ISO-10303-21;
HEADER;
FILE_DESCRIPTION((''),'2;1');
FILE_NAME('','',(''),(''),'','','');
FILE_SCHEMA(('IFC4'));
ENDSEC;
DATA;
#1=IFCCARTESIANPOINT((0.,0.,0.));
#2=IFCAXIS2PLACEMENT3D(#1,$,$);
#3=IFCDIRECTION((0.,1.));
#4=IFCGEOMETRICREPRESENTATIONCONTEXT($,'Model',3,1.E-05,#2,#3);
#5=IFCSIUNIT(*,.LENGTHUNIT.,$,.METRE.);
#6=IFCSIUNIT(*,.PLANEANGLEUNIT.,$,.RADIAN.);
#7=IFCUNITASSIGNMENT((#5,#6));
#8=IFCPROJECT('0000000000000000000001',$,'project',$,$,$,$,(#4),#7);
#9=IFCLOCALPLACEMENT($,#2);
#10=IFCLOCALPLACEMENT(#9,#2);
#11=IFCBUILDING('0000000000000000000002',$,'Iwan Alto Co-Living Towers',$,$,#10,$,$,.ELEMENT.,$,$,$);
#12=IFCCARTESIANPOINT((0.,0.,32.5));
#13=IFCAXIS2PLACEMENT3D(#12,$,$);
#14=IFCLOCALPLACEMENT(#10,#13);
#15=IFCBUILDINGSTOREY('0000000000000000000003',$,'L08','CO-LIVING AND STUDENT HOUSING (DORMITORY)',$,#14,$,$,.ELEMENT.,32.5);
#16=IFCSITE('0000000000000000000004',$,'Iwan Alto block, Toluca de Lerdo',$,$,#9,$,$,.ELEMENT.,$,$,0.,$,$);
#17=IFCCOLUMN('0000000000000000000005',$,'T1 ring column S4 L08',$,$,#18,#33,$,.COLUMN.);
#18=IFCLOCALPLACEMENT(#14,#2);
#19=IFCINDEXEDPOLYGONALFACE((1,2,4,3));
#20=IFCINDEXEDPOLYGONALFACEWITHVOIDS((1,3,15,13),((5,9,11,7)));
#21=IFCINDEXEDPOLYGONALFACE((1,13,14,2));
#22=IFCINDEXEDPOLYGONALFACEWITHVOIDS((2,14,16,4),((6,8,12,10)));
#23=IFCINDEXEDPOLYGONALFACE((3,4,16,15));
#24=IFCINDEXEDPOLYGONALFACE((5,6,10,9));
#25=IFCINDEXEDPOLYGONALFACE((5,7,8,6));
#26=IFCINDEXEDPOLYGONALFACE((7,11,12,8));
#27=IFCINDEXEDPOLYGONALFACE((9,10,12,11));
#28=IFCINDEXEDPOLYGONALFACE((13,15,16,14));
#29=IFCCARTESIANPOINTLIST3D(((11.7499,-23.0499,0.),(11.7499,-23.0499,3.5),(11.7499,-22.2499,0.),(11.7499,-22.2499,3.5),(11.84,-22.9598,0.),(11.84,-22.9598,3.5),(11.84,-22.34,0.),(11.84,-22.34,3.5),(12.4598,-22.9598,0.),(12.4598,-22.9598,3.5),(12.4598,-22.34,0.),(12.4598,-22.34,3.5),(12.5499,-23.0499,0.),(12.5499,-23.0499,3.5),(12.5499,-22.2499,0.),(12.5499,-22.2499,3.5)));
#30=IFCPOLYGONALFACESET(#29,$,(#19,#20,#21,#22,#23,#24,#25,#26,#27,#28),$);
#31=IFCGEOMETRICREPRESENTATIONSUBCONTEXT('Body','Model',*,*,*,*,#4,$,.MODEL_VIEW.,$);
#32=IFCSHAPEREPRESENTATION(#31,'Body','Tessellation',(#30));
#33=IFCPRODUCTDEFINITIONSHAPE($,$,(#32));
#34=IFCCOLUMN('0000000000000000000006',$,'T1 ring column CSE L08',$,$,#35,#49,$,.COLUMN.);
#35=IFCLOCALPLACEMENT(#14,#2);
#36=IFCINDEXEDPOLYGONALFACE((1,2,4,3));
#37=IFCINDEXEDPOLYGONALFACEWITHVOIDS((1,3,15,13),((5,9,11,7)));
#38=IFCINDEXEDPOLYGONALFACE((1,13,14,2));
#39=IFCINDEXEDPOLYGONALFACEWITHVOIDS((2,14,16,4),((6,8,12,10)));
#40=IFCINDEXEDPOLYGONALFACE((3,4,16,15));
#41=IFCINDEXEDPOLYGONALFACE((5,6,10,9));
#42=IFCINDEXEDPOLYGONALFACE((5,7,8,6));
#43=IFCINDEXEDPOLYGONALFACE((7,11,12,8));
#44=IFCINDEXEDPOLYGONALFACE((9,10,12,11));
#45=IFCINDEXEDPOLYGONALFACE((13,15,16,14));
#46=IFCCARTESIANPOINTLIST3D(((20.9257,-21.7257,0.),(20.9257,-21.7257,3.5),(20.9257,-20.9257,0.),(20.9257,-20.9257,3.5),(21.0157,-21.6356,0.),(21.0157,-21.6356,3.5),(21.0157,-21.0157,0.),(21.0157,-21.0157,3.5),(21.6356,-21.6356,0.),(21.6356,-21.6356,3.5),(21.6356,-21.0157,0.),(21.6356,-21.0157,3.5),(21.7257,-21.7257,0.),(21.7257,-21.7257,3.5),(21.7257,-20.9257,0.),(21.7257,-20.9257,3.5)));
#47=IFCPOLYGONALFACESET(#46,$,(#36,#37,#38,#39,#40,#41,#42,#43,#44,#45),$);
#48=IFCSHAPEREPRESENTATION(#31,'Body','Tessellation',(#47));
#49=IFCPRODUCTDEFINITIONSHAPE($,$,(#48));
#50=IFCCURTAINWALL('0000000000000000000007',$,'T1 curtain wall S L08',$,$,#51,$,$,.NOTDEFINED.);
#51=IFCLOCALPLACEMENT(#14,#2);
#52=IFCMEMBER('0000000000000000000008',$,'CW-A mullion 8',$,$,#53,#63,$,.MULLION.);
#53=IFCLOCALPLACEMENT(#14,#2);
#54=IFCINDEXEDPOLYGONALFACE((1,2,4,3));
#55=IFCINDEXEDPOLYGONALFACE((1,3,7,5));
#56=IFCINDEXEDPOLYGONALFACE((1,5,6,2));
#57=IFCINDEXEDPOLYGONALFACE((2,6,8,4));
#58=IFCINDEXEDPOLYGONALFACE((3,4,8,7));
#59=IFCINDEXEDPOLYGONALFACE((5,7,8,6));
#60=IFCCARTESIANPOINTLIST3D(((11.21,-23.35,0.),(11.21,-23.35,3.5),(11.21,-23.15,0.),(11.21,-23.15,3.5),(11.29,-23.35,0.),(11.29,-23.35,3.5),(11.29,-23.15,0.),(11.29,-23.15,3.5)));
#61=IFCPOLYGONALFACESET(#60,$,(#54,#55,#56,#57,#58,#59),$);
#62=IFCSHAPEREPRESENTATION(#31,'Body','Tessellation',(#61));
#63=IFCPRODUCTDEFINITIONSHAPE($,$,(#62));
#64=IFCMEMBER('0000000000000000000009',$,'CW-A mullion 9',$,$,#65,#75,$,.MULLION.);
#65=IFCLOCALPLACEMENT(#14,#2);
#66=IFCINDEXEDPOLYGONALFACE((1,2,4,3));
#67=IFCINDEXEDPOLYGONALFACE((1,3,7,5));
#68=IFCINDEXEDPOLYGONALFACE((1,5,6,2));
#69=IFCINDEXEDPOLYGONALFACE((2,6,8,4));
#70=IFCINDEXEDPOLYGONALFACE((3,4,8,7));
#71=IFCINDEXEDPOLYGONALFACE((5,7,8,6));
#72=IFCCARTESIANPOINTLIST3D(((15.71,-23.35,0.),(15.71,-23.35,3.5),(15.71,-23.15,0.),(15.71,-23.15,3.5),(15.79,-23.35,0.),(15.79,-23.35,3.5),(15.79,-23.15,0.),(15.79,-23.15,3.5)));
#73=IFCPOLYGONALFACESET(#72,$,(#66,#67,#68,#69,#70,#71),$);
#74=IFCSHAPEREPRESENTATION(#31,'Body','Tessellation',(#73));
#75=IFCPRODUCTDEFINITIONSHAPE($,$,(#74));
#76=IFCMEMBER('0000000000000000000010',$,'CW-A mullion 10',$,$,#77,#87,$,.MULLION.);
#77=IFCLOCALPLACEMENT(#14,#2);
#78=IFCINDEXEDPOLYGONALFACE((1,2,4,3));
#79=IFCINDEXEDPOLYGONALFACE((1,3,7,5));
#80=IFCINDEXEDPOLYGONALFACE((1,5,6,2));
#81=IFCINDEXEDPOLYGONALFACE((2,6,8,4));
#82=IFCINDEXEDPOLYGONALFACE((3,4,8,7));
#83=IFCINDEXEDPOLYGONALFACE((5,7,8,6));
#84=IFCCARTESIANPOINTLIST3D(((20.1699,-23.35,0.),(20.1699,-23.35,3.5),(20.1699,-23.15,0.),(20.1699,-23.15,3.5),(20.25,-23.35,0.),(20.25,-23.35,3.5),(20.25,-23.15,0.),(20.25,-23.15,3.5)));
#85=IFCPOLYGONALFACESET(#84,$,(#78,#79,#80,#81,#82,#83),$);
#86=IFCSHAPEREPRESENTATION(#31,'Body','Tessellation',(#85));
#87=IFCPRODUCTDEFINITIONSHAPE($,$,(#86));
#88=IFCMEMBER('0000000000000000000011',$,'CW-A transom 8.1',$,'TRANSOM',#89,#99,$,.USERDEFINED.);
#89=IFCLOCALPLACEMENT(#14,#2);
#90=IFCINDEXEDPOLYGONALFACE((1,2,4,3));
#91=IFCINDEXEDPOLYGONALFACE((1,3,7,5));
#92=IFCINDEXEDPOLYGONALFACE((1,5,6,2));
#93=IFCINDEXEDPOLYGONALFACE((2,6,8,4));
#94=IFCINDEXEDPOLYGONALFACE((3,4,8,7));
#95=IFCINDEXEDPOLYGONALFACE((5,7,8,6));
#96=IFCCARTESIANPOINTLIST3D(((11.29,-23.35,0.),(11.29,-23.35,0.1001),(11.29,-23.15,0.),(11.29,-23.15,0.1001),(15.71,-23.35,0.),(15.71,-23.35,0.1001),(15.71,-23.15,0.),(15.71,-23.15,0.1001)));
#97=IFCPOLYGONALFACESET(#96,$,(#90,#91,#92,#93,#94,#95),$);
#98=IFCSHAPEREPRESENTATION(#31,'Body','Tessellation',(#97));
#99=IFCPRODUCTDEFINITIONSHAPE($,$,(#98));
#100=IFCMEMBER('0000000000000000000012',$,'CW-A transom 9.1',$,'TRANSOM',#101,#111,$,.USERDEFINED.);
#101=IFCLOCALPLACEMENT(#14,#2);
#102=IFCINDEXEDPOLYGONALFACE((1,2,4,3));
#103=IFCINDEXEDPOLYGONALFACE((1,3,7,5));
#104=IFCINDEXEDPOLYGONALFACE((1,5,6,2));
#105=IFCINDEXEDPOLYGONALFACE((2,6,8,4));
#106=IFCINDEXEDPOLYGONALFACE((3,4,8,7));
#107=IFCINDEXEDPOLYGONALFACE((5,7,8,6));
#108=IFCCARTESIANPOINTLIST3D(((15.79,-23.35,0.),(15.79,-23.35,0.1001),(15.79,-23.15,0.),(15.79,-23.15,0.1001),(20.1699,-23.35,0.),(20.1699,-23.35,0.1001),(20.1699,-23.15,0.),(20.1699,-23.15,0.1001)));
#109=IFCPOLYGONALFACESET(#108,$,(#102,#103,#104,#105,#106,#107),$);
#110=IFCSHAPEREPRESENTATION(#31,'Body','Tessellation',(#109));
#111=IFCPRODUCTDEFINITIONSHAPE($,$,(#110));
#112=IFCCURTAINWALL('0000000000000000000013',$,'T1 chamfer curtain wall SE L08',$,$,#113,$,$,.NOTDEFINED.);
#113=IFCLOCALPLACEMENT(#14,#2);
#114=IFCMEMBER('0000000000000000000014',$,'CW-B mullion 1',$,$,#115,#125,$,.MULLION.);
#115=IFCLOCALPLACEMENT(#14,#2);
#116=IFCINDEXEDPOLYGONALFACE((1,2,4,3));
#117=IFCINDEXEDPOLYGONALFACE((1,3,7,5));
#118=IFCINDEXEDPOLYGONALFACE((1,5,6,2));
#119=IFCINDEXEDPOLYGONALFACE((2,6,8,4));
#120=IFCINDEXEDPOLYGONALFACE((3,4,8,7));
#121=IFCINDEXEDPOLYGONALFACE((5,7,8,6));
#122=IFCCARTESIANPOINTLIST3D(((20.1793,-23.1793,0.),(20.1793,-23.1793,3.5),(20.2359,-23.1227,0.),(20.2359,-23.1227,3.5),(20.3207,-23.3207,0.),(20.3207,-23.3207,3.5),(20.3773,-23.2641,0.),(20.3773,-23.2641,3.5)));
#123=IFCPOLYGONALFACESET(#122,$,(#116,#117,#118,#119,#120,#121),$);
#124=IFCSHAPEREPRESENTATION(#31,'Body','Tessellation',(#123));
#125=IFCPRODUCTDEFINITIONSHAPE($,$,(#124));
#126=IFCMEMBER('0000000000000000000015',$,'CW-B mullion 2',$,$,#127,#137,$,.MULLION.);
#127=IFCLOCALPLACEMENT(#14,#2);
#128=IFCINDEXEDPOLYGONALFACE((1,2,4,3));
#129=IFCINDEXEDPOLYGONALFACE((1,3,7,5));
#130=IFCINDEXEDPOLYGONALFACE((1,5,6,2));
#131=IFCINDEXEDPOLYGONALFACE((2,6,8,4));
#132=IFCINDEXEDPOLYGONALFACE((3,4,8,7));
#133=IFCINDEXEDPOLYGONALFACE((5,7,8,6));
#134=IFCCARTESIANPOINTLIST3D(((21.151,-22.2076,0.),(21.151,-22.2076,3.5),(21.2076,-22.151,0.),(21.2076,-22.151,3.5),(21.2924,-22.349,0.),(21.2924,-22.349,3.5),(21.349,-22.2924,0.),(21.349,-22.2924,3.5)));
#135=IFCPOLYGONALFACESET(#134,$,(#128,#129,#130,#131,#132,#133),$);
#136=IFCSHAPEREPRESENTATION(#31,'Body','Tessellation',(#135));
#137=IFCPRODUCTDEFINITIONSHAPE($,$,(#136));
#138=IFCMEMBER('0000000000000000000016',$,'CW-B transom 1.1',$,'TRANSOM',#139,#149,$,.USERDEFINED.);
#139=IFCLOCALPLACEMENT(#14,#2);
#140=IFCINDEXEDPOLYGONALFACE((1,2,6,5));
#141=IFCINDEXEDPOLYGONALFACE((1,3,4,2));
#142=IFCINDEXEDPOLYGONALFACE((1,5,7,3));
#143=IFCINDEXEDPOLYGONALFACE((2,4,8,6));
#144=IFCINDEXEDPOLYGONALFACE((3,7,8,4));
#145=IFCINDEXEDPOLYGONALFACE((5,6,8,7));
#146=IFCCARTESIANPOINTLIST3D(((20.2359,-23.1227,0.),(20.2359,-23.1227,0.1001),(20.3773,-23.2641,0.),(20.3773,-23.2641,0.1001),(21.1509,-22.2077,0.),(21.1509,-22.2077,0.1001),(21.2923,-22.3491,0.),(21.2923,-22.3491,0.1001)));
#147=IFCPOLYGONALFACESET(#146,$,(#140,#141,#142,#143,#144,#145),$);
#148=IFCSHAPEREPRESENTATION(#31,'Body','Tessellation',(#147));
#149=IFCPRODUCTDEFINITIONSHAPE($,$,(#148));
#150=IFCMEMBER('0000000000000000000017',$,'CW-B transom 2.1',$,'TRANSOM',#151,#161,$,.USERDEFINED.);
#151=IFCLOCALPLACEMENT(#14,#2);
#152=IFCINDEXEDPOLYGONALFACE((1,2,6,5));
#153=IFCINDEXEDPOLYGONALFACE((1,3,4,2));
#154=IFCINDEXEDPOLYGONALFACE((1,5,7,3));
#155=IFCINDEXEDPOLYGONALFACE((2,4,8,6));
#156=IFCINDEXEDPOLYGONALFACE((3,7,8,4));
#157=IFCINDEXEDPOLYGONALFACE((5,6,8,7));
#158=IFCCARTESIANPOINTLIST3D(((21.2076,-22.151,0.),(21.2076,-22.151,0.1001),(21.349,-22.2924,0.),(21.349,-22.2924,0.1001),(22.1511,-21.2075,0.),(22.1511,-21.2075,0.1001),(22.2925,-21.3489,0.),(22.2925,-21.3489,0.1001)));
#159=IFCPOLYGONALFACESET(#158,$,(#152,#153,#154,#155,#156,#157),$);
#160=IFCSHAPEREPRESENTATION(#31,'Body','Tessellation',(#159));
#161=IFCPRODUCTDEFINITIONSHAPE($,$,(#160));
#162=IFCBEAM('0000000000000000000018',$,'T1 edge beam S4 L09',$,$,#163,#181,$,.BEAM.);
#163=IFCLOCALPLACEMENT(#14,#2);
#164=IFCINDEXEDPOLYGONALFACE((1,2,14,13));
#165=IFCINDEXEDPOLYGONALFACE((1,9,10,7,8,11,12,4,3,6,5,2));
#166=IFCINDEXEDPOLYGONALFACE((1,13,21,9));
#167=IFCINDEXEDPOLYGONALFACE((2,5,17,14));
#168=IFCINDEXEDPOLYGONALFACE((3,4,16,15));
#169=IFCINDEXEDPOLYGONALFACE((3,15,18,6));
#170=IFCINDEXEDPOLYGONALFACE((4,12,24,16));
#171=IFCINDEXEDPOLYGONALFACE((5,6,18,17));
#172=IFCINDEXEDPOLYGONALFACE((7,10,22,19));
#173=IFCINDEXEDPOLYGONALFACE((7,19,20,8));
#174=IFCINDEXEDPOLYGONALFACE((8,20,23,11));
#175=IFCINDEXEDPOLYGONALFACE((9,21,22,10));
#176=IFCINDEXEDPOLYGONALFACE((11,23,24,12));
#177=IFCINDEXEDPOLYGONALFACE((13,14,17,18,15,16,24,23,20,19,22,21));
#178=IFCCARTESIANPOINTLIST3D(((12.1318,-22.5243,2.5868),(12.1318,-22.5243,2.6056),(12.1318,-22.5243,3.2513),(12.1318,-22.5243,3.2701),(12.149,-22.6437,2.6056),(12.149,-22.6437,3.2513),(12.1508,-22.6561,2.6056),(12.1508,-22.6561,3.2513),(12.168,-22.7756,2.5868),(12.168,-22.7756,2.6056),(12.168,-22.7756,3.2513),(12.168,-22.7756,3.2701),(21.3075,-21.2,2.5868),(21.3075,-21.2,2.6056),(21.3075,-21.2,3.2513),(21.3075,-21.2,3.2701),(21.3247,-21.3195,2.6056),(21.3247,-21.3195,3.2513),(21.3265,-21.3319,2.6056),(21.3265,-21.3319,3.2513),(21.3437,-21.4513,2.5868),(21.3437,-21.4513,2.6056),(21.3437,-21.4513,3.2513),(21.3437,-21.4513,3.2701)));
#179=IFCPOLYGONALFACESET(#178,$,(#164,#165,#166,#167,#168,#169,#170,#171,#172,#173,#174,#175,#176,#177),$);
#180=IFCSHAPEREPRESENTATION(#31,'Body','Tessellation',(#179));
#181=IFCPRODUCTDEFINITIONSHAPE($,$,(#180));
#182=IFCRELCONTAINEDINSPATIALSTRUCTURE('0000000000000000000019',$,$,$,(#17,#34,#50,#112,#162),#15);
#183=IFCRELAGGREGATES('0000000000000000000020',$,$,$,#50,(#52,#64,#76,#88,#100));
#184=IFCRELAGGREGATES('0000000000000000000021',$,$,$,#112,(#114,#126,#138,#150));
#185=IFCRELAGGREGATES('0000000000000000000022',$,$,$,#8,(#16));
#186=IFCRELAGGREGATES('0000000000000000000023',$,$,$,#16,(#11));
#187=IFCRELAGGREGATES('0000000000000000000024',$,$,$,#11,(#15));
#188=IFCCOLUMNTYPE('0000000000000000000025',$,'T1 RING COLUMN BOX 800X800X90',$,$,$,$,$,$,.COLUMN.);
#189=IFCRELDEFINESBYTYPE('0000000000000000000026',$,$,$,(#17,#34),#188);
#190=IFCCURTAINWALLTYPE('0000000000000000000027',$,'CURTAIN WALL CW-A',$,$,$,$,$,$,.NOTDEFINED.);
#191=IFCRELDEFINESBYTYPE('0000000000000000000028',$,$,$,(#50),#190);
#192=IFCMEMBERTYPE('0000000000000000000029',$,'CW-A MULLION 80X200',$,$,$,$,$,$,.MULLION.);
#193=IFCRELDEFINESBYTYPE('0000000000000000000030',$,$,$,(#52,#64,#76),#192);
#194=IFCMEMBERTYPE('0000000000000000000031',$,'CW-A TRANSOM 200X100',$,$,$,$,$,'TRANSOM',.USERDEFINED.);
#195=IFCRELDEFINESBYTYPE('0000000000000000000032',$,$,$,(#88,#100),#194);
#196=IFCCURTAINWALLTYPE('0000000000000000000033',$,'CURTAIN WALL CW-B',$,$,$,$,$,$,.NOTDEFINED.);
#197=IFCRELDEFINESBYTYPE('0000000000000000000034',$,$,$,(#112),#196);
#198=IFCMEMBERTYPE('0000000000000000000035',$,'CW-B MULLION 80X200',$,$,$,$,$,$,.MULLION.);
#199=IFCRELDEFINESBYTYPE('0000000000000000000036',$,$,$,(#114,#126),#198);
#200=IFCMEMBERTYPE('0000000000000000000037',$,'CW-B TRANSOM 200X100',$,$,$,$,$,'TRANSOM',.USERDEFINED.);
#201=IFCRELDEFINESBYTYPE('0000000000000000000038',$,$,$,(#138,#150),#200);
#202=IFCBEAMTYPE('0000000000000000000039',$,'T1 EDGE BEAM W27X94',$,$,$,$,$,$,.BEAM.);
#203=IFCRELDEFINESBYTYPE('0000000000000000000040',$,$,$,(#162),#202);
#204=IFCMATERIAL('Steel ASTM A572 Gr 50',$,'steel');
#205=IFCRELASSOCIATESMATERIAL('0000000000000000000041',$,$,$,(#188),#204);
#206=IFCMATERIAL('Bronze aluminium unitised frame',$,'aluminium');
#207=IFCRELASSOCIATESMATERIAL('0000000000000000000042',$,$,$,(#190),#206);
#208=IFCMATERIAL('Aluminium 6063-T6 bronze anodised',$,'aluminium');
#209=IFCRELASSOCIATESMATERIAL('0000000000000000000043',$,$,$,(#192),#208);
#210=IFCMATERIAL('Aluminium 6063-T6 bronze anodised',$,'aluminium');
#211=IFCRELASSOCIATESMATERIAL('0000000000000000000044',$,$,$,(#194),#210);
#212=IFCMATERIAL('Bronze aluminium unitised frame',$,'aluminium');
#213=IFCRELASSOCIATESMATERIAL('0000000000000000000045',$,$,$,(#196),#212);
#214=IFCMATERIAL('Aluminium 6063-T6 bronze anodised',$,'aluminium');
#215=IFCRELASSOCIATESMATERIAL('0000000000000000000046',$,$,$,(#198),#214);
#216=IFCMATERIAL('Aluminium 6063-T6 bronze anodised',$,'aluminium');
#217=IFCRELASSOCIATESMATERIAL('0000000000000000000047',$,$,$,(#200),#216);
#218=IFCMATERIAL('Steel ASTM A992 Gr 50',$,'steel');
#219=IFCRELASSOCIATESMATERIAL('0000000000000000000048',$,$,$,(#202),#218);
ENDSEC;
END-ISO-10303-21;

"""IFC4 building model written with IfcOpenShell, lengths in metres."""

from ifc_helpers import new_model, si_unit, direction, frame, origin, origin_2d, place, context, subcontext, project, spatial, rectangle, hollow_rectangle, i_section, extrude, material, material_profile, profile_set, type_object, element, aggregate, save


model = new_model("IFC4")

# Units and contexts
model_context = context("Model", 3, precision=1e-05, world=origin(), true_north=direction((0.0, 1.0)))
body_context = subcontext(model_context, "Body", "Model", "MODEL_VIEW")
ifc_project = project(units=[si_unit("LENGTHUNIT", "METRE"), si_unit("PLANEANGLEUNIT", "RADIAN")], contexts=[model_context])

# Site, building, storey
site_placement = place(None, origin())
site = spatial("IfcSite", under=ifc_project, at=site_placement, Name="Iwan Alto block, Toluca de Lerdo", CompositionType="ELEMENT", RefElevation=0.0)
building_placement = place(site_placement, origin())
building = spatial("IfcBuilding", under=site, at=building_placement, Name="Iwan Alto Co-Living Towers", CompositionType="ELEMENT")
storey_placement = place(building_placement, frame((0.0, 0.0, 32.5)))
storey = spatial("IfcBuildingStorey", under=building, at=storey_placement, Name="L08", Description="CO-LIVING AND STUDENT HOUSING (DORMITORY)", CompositionType="ELEMENT", Elevation=32.5)

# Columns
ifc_material_1 = material(Name="Steel ASTM A572 Gr 50", Category="steel")
ifc_material_profile_1 = material_profile(ifc_material_1, hollow_rectangle(XDim=0.8, YDim=0.8, WallThickness=0.0901, at=origin_2d()), Name="BOX 800X800X90")
ifc_profile_set_1 = profile_set([ifc_material_profile_1], Name="Steel ASTM A572 Gr 50")
column_type = type_object("IfcColumnType", Name="T1 RING COLUMN BOX 800X800X90", PredefinedType="COLUMN", material=ifc_profile_set_1)
for number, where, z_axis, x_axis, name in (
    (1, (12.1499, -22.6499, 0.0), (0.0, 0.0, 1.0), (1.0, 0.0, 0.0), "T1 ring column S4 L08"),
    (2, (21.3257, -21.3257, 0.0), (0.0, 0.0, 1.0), (1.0, 0.0, 0.0), "T1 ring column CSE L08"),
):
    element("IfcColumn", number, at=place(storey_placement, frame(where, z_axis=z_axis, x_axis=x_axis)), inside=storey, type_object=column_type, Name=name, PredefinedType="COLUMN", context=body_context, shape_type="SweptSolid", body=[
        extrude(hollow_rectangle(XDim=0.8, YDim=0.8, WallThickness=0.0901, at=origin_2d()), origin(), (0.0, 0.0, 1.0), 3.5),
    ])

# Curtain walls, members
ifc_material_2 = material(Name="Bronze aluminium unitised frame", Category="aluminium")
curtain_wall_type_1 = type_object("IfcCurtainWallType", Name="CURTAIN WALL CW-A", PredefinedType="NOTDEFINED", material=ifc_material_2)
curtain_wall_1_placement = place(storey_placement, origin())
curtain_wall_1 = element("IfcCurtainWall", 3, at=curtain_wall_1_placement, inside=storey, type_object=curtain_wall_type_1, Name="T1 curtain wall S L08", PredefinedType="NOTDEFINED")
ifc_material_3 = material(Name="Aluminium 6063-T6 bronze anodised", Category="aluminium")
ifc_material_profile_2 = material_profile(ifc_material_3, rectangle(XDim=0.2, YDim=0.0801, at=origin_2d()), Name="AL 80X200")
ifc_profile_set_2 = profile_set([ifc_material_profile_2], Name="Aluminium 6063-T6 bronze anodised")
member_type_1 = type_object("IfcMemberType", Name="CW-A MULLION 80X200", PredefinedType="MULLION", material=ifc_profile_set_2)
member_1_placement = place(storey_placement, frame((11.25, -23.25, 0.0), z_axis=(0.0, 0.0, 1.0), x_axis=(0.0, 1.0, 0.0)))
member_1 = element("IfcMember", 4, at=member_1_placement, type_object=member_type_1, Name="CW-A mullion 8", PredefinedType="MULLION", context=body_context, shape_type="SweptSolid", body=[
    extrude(rectangle(XDim=0.2, YDim=0.0801, at=origin_2d()), origin(), (0.0, 0.0, 1.0), 3.5),
])
member_2_placement = place(storey_placement, frame((15.75, -23.25, 0.0), z_axis=(0.0, 0.0, 1.0), x_axis=(0.0, 1.0, 0.0)))
member_2 = element("IfcMember", 5, at=member_2_placement, type_object=member_type_1, Name="CW-A mullion 9", PredefinedType="MULLION", context=body_context, shape_type="SweptSolid", body=[
    extrude(rectangle(XDim=0.2, YDim=0.0801, at=origin_2d()), origin(), (0.0, 0.0, 1.0), 3.5),
])
member_3_placement = place(storey_placement, frame((20.21, -23.25, 0.0), z_axis=(0.0, 0.0, 1.0), x_axis=(0.0, 1.0, 0.0)))
member_3 = element("IfcMember", 6, at=member_3_placement, type_object=member_type_1, Name="CW-A mullion 10", PredefinedType="MULLION", context=body_context, shape_type="SweptSolid", body=[
    extrude(rectangle(XDim=0.2, YDim=0.0801, at=origin_2d()), origin(), (0.0, 0.0, 1.0), 3.5),
])
ifc_material_4 = material(Name="Aluminium 6063-T6 bronze anodised", Category="aluminium")
ifc_material_profile_3 = material_profile(ifc_material_4, rectangle(XDim=0.2, YDim=0.1001, at=origin_2d()), Name="AL 200X100")
ifc_profile_set_3 = profile_set([ifc_material_profile_3], Name="Aluminium 6063-T6 bronze anodised")
member_type_2 = type_object("IfcMemberType", Name="CW-A TRANSOM 200X100", ElementType="TRANSOM", PredefinedType="USERDEFINED", material=ifc_profile_set_3)
member_4_placement = place(storey_placement, frame((11.29, -23.25, 0.05), z_axis=(1.0, 0.0, 0.0), x_axis=(0.0, 1.0, 0.0)))
member_4 = element("IfcMember", 7, at=member_4_placement, type_object=member_type_2, Name="CW-A transom 8.1", ObjectType="TRANSOM", PredefinedType="USERDEFINED", context=body_context, shape_type="SweptSolid", body=[
    extrude(rectangle(XDim=0.2, YDim=0.1001, at=origin_2d()), origin(), (0.0, 0.0, 1.0), 4.4199),
])
member_5_placement = place(storey_placement, frame((15.79, -23.25, 0.05), z_axis=(1.0, 0.0, 0.0), x_axis=(0.0, 1.0, 0.0)))
member_5 = element("IfcMember", 8, at=member_5_placement, type_object=member_type_2, Name="CW-A transom 9.1", ObjectType="TRANSOM", PredefinedType="USERDEFINED", context=body_context, shape_type="SweptSolid", body=[
    extrude(rectangle(XDim=0.2, YDim=0.1001, at=origin_2d()), origin(), (0.0, 0.0, 1.0), 4.3799),
])
ifc_material_5 = material(Name="Bronze aluminium unitised frame", Category="aluminium")
curtain_wall_type_2 = type_object("IfcCurtainWallType", Name="CURTAIN WALL CW-B", PredefinedType="NOTDEFINED", material=ifc_material_5)
curtain_wall_2_placement = place(storey_placement, origin())
curtain_wall_2 = element("IfcCurtainWall", 9, at=curtain_wall_2_placement, inside=storey, type_object=curtain_wall_type_2, Name="T1 chamfer curtain wall SE L08", PredefinedType="NOTDEFINED")
ifc_material_6 = material(Name="Aluminium 6063-T6 bronze anodised", Category="aluminium")
ifc_material_profile_4 = material_profile(ifc_material_6, rectangle(XDim=0.2, YDim=0.0801, at=origin_2d()), Name="AL 80X200")
ifc_profile_set_4 = profile_set([ifc_material_profile_4], Name="Aluminium 6063-T6 bronze anodised")
member_type_3 = type_object("IfcMemberType", Name="CW-B MULLION 80X200", PredefinedType="MULLION", material=ifc_profile_set_4)
member_6_placement = place(storey_placement, frame((20.2783, -23.2217, 0.0), z_axis=(0.0, 0.0, 1.0), x_axis=(-0.707107, 0.707107, 0.0)))
member_6 = element("IfcMember", 10, at=member_6_placement, type_object=member_type_3, Name="CW-B mullion 1", PredefinedType="MULLION", context=body_context, shape_type="SweptSolid", body=[
    extrude(rectangle(XDim=0.2, YDim=0.0801, at=origin_2d()), origin(), (0.0, 0.0, 1.0), 3.5),
])
member_7_placement = place(storey_placement, frame((21.25, -22.25, 0.0), z_axis=(0.0, 0.0, 1.0), x_axis=(-0.707107, 0.707107, 0.0)))
member_7 = element("IfcMember", 11, at=member_7_placement, type_object=member_type_3, Name="CW-B mullion 2", PredefinedType="MULLION", context=body_context, shape_type="SweptSolid", body=[
    extrude(rectangle(XDim=0.2, YDim=0.0801, at=origin_2d()), origin(), (0.0, 0.0, 1.0), 3.5),
])
ifc_material_7 = material(Name="Aluminium 6063-T6 bronze anodised", Category="aluminium")
ifc_material_profile_5 = material_profile(ifc_material_7, rectangle(XDim=0.2, YDim=0.1001, at=origin_2d()), Name="AL 200X100")
ifc_profile_set_5 = profile_set([ifc_material_profile_5], Name="Aluminium 6063-T6 bronze anodised")
member_type_4 = type_object("IfcMemberType", Name="CW-B TRANSOM 200X100", ElementType="TRANSOM", PredefinedType="USERDEFINED", material=ifc_profile_set_5)
member_8_placement = place(storey_placement, frame((20.3066, -23.1934, 0.05), z_axis=(0.707107, 0.707107, 0.0), x_axis=(-0.707107, 0.707107, 0.0)))
member_8 = element("IfcMember", 12, at=member_8_placement, type_object=member_type_4, Name="CW-B transom 1.1", ObjectType="TRANSOM", PredefinedType="USERDEFINED", context=body_context, shape_type="SweptSolid", body=[
    extrude(rectangle(XDim=0.2, YDim=0.1001, at=origin_2d()), origin(), (0.0, 0.0, 1.0), 1.2939),
])
member_9_placement = place(storey_placement, frame((21.2783, -22.2217, 0.05), z_axis=(0.707107, 0.707107, 0.0), x_axis=(-0.707107, 0.707107, 0.0)))
member_9 = element("IfcMember", 13, at=member_9_placement, type_object=member_type_4, Name="CW-B transom 2.1", ObjectType="TRANSOM", PredefinedType="USERDEFINED", context=body_context, shape_type="SweptSolid", body=[
    extrude(rectangle(XDim=0.2, YDim=0.1001, at=origin_2d()), origin(), (0.0, 0.0, 1.0), 1.3342),
])

# Beam
ifc_material_8 = material(Name="Steel ASTM A992 Gr 50", Category="steel")
ifc_material_profile_6 = material_profile(ifc_material_8, i_section(OverallWidth=0.2539, OverallDepth=0.6833, WebThickness=0.0125, FlangeThickness=0.0188, at=origin_2d()), Name="W27X94")
ifc_profile_set_6 = profile_set([ifc_material_profile_6], Name="Steel ASTM A992 Gr 50")
beam_type_1 = type_object("IfcBeamType", Name="T1 EDGE BEAM W27X94", PredefinedType="BEAM", material=ifc_profile_set_6)
for number, where, z_axis, x_axis, name in (
    (14, (12.1499, -22.6499, 2.9285), (0.989746, 0.142837, 0.0), (-0.142837, 0.989746, 0.0), "T1 edge beam S4 L09"),
):
    element("IfcBeam", number, at=place(storey_placement, frame(where, z_axis=z_axis, x_axis=x_axis)), inside=storey, type_object=beam_type_1, Name=name, PredefinedType="BEAM", context=body_context, shape_type="SweptSolid", body=[
        extrude(i_section(OverallWidth=0.2539, OverallDepth=0.6833, WebThickness=0.0125, FlangeThickness=0.0188, at=origin_2d()), origin(), (0.0, 0.0, 1.0), 9.2708),
    ])

aggregate(curtain_wall_1, [member_1, member_2, member_3, member_4, member_5])
aggregate(curtain_wall_2, [member_6, member_7, member_8, member_9])

save(model, "model.ifc")
